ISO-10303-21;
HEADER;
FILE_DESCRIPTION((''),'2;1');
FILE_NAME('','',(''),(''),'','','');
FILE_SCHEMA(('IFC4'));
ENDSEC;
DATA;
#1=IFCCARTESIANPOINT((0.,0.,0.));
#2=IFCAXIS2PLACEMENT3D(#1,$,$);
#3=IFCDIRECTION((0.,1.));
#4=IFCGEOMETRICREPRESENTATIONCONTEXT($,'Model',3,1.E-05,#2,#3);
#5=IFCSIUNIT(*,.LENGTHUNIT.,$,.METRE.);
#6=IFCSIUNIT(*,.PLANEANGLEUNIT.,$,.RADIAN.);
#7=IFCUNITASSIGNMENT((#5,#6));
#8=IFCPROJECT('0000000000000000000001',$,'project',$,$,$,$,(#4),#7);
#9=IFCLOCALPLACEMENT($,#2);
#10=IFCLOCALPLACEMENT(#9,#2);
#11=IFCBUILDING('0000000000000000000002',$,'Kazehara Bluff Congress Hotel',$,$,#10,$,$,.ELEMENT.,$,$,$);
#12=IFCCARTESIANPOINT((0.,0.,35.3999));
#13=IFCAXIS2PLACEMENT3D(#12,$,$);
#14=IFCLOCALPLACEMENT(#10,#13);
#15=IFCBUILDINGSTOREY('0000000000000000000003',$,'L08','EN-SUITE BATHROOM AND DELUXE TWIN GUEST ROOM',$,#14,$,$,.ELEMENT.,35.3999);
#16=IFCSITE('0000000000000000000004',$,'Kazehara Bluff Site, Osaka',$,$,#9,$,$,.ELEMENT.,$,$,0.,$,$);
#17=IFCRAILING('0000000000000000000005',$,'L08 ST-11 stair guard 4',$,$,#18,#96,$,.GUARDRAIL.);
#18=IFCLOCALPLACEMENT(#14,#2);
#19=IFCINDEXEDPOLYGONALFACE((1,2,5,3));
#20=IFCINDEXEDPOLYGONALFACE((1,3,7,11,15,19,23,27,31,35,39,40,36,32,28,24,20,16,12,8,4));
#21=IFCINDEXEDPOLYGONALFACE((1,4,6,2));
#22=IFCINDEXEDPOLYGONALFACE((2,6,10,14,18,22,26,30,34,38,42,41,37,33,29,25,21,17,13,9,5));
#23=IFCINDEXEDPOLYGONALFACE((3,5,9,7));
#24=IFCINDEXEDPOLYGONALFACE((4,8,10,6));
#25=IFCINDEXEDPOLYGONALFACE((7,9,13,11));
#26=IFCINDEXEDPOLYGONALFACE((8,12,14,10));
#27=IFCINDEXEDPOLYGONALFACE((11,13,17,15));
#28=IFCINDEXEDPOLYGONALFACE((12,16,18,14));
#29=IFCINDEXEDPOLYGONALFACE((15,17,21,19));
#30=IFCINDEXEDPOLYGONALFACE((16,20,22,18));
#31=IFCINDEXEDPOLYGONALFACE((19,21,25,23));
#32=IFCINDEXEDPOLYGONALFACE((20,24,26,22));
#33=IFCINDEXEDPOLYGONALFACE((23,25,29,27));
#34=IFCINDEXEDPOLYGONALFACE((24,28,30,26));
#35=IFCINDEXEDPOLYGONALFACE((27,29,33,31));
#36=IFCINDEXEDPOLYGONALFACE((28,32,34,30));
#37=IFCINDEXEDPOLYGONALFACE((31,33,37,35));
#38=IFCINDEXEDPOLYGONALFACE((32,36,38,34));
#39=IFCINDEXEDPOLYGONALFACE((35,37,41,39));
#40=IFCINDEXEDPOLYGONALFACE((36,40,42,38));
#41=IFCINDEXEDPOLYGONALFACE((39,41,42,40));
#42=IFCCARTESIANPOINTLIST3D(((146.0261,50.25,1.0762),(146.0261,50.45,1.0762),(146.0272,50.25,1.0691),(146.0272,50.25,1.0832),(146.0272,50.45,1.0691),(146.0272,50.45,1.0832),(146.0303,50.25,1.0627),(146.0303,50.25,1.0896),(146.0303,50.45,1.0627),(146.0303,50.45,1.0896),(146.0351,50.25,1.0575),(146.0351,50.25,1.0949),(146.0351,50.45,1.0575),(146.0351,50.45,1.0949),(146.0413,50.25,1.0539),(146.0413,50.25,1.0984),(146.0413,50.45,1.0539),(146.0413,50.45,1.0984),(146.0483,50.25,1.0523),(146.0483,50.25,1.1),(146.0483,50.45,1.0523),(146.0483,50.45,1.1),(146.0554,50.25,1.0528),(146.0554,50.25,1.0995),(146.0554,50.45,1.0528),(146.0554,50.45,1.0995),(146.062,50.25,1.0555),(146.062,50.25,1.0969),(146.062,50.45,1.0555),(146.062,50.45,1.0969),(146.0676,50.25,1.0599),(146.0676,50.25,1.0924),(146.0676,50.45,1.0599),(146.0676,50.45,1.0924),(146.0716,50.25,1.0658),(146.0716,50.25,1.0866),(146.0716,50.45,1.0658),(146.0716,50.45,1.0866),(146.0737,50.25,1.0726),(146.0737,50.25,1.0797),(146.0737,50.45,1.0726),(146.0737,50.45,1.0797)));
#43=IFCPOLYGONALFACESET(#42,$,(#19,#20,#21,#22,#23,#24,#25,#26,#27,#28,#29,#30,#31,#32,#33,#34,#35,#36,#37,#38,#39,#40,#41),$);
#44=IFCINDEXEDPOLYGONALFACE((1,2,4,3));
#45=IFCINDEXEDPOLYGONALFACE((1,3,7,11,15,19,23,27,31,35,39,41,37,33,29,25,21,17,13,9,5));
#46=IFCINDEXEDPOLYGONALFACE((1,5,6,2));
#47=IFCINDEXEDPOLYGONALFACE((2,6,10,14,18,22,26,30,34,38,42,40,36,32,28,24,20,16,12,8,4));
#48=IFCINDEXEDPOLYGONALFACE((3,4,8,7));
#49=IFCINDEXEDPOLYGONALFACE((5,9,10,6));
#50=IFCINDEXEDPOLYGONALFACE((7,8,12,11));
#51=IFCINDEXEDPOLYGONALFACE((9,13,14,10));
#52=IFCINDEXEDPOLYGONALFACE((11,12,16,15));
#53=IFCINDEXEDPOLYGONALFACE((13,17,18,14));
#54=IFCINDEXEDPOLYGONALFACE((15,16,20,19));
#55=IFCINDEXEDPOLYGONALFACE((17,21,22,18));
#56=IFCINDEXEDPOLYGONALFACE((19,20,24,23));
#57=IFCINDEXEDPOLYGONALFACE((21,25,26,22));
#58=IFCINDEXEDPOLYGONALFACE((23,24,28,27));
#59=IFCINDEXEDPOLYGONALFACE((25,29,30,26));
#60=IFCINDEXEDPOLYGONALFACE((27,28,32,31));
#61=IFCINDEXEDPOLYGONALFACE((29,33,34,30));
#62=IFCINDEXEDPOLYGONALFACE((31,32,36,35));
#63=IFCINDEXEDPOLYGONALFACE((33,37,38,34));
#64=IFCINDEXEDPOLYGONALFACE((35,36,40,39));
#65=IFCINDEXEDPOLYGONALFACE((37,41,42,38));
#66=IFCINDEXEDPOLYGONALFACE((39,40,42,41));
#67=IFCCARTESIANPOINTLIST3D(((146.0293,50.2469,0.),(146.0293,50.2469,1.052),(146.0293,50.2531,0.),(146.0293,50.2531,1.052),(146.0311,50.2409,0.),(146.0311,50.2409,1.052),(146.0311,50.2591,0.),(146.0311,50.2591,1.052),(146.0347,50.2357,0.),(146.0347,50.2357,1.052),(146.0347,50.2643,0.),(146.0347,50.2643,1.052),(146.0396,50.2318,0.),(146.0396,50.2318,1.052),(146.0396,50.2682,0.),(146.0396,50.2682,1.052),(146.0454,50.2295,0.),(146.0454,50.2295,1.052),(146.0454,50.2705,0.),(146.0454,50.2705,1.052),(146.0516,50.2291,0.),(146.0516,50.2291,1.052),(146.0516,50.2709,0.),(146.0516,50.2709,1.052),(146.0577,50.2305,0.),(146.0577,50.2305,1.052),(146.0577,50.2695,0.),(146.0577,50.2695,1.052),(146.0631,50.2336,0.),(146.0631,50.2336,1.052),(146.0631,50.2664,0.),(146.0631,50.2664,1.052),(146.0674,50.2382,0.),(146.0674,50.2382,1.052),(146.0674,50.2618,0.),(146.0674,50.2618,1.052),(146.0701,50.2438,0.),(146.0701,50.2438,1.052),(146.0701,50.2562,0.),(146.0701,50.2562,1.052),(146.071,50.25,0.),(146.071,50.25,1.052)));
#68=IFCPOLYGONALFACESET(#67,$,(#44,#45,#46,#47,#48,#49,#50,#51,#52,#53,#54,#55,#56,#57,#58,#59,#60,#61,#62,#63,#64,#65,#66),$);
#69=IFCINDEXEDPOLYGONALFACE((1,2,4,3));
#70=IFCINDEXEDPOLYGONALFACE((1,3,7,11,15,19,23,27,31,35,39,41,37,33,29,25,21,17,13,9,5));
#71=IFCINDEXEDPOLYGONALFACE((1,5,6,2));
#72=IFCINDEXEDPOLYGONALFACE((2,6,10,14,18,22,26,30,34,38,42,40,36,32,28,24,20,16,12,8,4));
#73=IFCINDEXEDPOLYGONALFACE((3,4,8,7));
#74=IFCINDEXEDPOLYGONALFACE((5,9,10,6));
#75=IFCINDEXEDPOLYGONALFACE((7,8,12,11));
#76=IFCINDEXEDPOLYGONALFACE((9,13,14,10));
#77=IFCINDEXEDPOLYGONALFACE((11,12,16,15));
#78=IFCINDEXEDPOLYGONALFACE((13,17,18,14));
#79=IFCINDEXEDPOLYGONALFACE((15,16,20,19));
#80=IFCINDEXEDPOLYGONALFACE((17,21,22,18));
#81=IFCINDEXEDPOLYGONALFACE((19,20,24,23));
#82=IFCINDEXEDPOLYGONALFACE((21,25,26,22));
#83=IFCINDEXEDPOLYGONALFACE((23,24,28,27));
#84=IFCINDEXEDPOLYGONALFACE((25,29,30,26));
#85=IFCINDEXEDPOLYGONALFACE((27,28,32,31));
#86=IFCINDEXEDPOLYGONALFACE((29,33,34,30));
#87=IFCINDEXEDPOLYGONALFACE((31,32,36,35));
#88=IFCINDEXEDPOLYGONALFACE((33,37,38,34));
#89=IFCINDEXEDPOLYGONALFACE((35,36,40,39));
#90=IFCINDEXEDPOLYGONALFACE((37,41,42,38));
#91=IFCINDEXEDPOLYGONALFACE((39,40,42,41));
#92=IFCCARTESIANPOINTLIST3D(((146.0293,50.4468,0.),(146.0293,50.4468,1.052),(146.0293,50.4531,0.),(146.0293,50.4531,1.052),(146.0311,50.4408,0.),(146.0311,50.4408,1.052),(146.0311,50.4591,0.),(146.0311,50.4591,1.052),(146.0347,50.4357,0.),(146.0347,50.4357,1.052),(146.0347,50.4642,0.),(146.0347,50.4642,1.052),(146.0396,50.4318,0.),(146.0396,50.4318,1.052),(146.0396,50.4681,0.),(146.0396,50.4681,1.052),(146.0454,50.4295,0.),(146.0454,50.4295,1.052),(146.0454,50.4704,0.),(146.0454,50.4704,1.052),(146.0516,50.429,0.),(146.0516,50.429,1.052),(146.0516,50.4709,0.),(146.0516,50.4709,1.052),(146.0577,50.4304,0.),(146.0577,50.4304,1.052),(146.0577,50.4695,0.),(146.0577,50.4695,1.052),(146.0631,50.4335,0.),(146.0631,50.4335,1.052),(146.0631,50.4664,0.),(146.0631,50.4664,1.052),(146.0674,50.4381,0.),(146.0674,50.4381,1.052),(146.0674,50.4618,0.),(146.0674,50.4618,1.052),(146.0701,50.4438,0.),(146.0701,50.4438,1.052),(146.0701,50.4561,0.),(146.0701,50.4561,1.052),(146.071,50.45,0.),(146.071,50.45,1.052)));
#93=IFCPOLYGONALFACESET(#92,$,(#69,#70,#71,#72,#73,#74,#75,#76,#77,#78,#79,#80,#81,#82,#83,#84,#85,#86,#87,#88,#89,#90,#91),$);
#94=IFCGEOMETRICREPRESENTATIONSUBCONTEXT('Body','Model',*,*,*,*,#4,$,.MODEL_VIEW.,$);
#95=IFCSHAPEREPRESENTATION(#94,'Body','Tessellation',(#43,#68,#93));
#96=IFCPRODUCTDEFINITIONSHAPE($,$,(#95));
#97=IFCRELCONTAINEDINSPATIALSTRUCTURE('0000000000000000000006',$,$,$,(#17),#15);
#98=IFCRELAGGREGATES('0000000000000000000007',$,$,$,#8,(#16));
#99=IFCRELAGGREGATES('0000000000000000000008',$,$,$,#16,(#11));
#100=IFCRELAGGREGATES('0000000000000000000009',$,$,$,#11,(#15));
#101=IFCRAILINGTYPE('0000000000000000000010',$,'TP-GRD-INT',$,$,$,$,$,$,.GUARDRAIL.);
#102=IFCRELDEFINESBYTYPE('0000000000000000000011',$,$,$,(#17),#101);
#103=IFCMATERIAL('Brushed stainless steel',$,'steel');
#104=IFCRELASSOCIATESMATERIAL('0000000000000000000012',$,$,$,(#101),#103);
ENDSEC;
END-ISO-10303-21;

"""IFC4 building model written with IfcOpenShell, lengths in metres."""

from ifc_helpers import new_model, si_unit, direction, frame, origin, origin_2d, place, context, subcontext, project, spatial, circle, extrude, material, type_object, element, save


model = new_model("IFC4")

# Units and contexts
model_context = context("Model", 3, precision=1e-05, world=origin(), true_north=direction((0.0, 1.0)))
body_context = subcontext(model_context, "Body", "Model", "MODEL_VIEW")
ifc_project = project(units=[si_unit("LENGTHUNIT", "METRE"), si_unit("PLANEANGLEUNIT", "RADIAN")], contexts=[model_context])

# Site, building, storey
site_placement = place(None, origin())
site = spatial("IfcSite", under=ifc_project, at=site_placement, Name="Kazehara Bluff Site, Osaka", CompositionType="ELEMENT", RefElevation=0.0)
building_placement = place(site_placement, origin())
building = spatial("IfcBuilding", under=site, at=building_placement, Name="Kazehara Bluff Congress Hotel", CompositionType="ELEMENT")
storey_placement = place(building_placement, frame((0.0, 0.0, 35.3999)))
storey = spatial("IfcBuildingStorey", under=building, at=storey_placement, Name="L08", Description="EN-SUITE BATHROOM AND DELUXE TWIN GUEST ROOM", CompositionType="ELEMENT", Elevation=35.3999)

# Railing
ifc_material_1 = material(Name="Brushed stainless steel", Category="steel")
railing_type_1 = type_object("IfcRailingType", Name="TP-GRD-INT", PredefinedType="GUARDRAIL", material=ifc_material_1)
railing_1_placement = place(storey_placement, frame((146.05, 50.25, 0.0)))
element("IfcRailing", 1, at=railing_1_placement, inside=storey, type_object=railing_type_1, Name="L08 ST-11 stair guard 4", PredefinedType="GUARDRAIL", context=body_context, shape_type="SweptSolid", body=[
    extrude(circle(Radius=0.0239, at=origin_2d()), frame((0.0, 0.0, 1.0762), z_axis=(0.0, 1.0, 0.0), x_axis=(-1.0, 0.0, 0.0)), (0.0, 0.0, 1.0), 0.2),
    extrude(circle(Radius=0.021, at=origin_2d()), origin(), (0.0, 0.0, 1.0), 1.052),
    extrude(circle(Radius=0.021, at=origin_2d()), frame((0.0, 0.2, 0.0)), (0.0, 0.0, 1.0), 1.052),
])

save(model, "model.ifc")
